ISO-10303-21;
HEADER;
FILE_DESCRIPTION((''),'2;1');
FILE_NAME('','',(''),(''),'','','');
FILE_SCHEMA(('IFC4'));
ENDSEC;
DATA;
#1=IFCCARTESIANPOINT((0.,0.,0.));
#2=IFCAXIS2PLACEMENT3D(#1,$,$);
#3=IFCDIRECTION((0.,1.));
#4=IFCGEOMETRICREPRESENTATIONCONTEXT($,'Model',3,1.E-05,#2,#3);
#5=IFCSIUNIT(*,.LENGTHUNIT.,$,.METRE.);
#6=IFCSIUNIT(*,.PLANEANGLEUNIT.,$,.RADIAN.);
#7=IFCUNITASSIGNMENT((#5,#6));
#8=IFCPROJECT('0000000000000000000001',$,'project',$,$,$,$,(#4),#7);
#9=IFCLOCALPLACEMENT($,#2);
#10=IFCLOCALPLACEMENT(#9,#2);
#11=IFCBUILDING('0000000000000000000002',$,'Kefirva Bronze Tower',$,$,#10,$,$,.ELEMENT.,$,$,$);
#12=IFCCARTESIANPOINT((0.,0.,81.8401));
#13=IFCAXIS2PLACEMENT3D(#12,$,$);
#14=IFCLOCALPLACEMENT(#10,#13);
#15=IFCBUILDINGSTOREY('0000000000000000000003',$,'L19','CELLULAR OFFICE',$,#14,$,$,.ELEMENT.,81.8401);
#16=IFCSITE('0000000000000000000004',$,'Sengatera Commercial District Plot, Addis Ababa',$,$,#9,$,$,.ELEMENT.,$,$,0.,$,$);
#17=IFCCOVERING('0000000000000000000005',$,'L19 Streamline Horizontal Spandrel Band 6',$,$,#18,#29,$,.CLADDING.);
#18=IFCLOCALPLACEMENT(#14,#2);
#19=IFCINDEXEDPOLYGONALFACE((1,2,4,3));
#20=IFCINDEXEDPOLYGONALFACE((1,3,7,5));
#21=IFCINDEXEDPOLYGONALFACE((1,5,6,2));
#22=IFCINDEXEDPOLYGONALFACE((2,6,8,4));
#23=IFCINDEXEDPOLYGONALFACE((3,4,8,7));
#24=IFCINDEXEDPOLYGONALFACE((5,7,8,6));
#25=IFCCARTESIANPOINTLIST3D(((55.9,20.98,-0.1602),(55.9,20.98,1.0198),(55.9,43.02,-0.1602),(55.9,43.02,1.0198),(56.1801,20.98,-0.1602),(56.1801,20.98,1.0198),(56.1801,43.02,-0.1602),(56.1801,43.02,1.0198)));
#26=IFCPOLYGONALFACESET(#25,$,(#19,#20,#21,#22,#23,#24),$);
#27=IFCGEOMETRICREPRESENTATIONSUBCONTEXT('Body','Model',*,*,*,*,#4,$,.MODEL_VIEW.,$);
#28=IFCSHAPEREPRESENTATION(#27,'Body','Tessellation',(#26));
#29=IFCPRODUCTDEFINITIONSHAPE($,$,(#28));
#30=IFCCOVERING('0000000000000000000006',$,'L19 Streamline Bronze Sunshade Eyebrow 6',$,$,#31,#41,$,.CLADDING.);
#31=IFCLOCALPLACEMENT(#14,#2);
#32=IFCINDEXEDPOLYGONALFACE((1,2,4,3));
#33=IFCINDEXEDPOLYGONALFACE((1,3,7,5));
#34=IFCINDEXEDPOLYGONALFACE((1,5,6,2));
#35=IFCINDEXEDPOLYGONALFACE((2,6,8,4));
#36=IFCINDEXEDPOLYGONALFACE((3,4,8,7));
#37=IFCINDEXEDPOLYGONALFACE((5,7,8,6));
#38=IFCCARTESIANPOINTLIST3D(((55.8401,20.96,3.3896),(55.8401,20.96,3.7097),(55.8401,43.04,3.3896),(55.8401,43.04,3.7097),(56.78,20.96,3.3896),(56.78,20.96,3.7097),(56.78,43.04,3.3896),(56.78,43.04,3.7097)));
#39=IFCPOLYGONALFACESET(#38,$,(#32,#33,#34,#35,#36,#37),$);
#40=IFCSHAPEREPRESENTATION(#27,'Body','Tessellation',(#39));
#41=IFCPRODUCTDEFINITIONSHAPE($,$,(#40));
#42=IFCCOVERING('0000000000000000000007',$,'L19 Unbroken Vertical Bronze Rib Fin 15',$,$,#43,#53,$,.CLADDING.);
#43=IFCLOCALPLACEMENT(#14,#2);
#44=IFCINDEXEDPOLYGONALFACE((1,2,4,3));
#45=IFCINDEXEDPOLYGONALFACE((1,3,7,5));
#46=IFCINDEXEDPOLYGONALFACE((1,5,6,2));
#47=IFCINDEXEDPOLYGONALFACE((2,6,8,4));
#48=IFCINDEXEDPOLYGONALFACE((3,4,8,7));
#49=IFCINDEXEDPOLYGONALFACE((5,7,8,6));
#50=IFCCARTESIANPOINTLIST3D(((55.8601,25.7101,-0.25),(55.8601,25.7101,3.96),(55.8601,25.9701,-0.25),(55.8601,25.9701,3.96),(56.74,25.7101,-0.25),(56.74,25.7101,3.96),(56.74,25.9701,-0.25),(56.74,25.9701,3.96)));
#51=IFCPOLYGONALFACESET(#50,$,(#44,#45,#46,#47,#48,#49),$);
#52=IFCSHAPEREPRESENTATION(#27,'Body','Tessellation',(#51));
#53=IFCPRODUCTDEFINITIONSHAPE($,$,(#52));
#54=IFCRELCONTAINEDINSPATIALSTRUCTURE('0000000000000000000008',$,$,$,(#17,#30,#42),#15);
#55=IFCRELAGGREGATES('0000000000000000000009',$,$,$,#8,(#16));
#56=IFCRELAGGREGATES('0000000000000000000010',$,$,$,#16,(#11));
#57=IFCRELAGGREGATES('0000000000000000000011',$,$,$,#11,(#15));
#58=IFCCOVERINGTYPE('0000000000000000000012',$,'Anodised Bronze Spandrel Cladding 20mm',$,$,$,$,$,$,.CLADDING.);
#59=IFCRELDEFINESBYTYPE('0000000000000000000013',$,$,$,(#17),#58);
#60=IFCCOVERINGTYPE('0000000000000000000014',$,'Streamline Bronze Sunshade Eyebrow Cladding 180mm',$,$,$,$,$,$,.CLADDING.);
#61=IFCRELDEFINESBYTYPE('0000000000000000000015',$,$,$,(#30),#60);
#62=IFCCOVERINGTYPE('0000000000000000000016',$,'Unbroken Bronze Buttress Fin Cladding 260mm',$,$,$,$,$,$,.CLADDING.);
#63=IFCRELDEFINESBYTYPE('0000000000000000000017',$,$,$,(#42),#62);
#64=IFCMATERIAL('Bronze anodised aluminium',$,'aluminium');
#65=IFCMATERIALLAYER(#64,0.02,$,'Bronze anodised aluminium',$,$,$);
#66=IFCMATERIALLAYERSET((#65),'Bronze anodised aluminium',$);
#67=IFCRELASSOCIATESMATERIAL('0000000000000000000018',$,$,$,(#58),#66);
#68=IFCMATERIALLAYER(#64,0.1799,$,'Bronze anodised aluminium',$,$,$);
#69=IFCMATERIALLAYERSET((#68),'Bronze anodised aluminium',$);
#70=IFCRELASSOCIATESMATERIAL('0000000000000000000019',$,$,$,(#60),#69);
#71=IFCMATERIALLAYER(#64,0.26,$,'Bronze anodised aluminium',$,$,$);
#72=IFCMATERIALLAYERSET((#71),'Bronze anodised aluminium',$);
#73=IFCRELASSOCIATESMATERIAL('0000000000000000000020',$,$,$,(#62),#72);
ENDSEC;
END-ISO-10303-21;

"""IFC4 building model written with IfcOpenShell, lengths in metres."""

from ifc_helpers import new_model, si_unit, direction, frame, origin, origin_2d, place, context, subcontext, project, spatial, rectangle, extrude, material, layer, layer_set, type_object, element, save


model = new_model("IFC4")

# Units and contexts
model_context = context("Model", 3, precision=1e-05, world=origin(), true_north=direction((0.0, 1.0)))
body_context = subcontext(model_context, "Body", "Model", "MODEL_VIEW")
ifc_project = project(units=[si_unit("LENGTHUNIT", "METRE"), si_unit("PLANEANGLEUNIT", "RADIAN")], contexts=[model_context])

# Site, building, storey
site_placement = place(None, origin())
site = spatial("IfcSite", under=ifc_project, at=site_placement, Name="Sengatera Commercial District Plot, Addis Ababa", CompositionType="ELEMENT", RefElevation=0.0)
building_placement = place(site_placement, origin())
building = spatial("IfcBuilding", under=site, at=building_placement, Name="Kefirva Bronze Tower", CompositionType="ELEMENT")
storey_placement = place(building_placement, frame((0.0, 0.0, 81.8401)))
storey = spatial("IfcBuildingStorey", under=building, at=storey_placement, Name="L19", Description="CELLULAR OFFICE", CompositionType="ELEMENT", Elevation=81.8401)

# Shared definitions
ifc_material_1 = material(Name="Bronze anodised aluminium", Category="aluminium")

# Coverings
ifc_layer_1 = layer(ifc_material_1, 0.02, Name="Bronze anodised aluminium")
ifc_layer_set_1 = layer_set([ifc_layer_1], Name="Bronze anodised aluminium")
covering_type_1 = type_object("IfcCoveringType", Name="Anodised Bronze Spandrel Cladding 20mm", PredefinedType="CLADDING", material=ifc_layer_set_1)
covering_1_placement = place(storey_placement, frame((56.04, 32.0, -0.1602), z_axis=(0.0, 0.0, 1.0), x_axis=(0.0, 1.0, 0.0)))
element("IfcCovering", 1, at=covering_1_placement, inside=storey, type_object=covering_type_1, Name="L19 Streamline Horizontal Spandrel Band 6", PredefinedType="CLADDING", context=body_context, shape_type="SweptSolid", body=[
    extrude(rectangle(XDim=22.04, YDim=0.28, at=origin_2d()), origin(), (0.0, 0.0, 1.0), 1.1799),
])
ifc_layer_2 = layer(ifc_material_1, 0.1799, Name="Bronze anodised aluminium")
ifc_layer_set_2 = layer_set([ifc_layer_2], Name="Bronze anodised aluminium")
covering_type_2 = type_object("IfcCoveringType", Name="Streamline Bronze Sunshade Eyebrow Cladding 180mm", PredefinedType="CLADDING", material=ifc_layer_set_2)
covering_2_placement = place(storey_placement, frame((56.3101, 32.0, 3.3896), z_axis=(0.0, 0.0, 1.0), x_axis=(0.0, 1.0, 0.0)))
element("IfcCovering", 2, at=covering_2_placement, inside=storey, type_object=covering_type_2, Name="L19 Streamline Bronze Sunshade Eyebrow 6", PredefinedType="CLADDING", context=body_context, shape_type="SweptSolid", body=[
    extrude(rectangle(XDim=22.0801, YDim=0.9399, at=origin_2d()), origin(), (0.0, 0.0, 1.0), 0.3201),
])
ifc_layer_3 = layer(ifc_material_1, 0.26, Name="Bronze anodised aluminium")
ifc_layer_set_3 = layer_set([ifc_layer_3], Name="Bronze anodised aluminium")
covering_type_3 = type_object("IfcCoveringType", Name="Unbroken Bronze Buttress Fin Cladding 260mm", PredefinedType="CLADDING", material=ifc_layer_set_3)
covering_3_placement = place(storey_placement, frame((56.3, 25.8401, -0.25), z_axis=(0.0, 0.0, 1.0), x_axis=(0.0, 1.0, 0.0)))
element("IfcCovering", 3, at=covering_3_placement, inside=storey, type_object=covering_type_3, Name="L19 Unbroken Vertical Bronze Rib Fin 15", PredefinedType="CLADDING", context=body_context, shape_type="SweptSolid", body=[
    extrude(rectangle(XDim=0.26, YDim=0.8799, at=origin_2d()), origin(), (0.0, 0.0, 1.0), 4.21),
])

save(model, "model.ifc")
